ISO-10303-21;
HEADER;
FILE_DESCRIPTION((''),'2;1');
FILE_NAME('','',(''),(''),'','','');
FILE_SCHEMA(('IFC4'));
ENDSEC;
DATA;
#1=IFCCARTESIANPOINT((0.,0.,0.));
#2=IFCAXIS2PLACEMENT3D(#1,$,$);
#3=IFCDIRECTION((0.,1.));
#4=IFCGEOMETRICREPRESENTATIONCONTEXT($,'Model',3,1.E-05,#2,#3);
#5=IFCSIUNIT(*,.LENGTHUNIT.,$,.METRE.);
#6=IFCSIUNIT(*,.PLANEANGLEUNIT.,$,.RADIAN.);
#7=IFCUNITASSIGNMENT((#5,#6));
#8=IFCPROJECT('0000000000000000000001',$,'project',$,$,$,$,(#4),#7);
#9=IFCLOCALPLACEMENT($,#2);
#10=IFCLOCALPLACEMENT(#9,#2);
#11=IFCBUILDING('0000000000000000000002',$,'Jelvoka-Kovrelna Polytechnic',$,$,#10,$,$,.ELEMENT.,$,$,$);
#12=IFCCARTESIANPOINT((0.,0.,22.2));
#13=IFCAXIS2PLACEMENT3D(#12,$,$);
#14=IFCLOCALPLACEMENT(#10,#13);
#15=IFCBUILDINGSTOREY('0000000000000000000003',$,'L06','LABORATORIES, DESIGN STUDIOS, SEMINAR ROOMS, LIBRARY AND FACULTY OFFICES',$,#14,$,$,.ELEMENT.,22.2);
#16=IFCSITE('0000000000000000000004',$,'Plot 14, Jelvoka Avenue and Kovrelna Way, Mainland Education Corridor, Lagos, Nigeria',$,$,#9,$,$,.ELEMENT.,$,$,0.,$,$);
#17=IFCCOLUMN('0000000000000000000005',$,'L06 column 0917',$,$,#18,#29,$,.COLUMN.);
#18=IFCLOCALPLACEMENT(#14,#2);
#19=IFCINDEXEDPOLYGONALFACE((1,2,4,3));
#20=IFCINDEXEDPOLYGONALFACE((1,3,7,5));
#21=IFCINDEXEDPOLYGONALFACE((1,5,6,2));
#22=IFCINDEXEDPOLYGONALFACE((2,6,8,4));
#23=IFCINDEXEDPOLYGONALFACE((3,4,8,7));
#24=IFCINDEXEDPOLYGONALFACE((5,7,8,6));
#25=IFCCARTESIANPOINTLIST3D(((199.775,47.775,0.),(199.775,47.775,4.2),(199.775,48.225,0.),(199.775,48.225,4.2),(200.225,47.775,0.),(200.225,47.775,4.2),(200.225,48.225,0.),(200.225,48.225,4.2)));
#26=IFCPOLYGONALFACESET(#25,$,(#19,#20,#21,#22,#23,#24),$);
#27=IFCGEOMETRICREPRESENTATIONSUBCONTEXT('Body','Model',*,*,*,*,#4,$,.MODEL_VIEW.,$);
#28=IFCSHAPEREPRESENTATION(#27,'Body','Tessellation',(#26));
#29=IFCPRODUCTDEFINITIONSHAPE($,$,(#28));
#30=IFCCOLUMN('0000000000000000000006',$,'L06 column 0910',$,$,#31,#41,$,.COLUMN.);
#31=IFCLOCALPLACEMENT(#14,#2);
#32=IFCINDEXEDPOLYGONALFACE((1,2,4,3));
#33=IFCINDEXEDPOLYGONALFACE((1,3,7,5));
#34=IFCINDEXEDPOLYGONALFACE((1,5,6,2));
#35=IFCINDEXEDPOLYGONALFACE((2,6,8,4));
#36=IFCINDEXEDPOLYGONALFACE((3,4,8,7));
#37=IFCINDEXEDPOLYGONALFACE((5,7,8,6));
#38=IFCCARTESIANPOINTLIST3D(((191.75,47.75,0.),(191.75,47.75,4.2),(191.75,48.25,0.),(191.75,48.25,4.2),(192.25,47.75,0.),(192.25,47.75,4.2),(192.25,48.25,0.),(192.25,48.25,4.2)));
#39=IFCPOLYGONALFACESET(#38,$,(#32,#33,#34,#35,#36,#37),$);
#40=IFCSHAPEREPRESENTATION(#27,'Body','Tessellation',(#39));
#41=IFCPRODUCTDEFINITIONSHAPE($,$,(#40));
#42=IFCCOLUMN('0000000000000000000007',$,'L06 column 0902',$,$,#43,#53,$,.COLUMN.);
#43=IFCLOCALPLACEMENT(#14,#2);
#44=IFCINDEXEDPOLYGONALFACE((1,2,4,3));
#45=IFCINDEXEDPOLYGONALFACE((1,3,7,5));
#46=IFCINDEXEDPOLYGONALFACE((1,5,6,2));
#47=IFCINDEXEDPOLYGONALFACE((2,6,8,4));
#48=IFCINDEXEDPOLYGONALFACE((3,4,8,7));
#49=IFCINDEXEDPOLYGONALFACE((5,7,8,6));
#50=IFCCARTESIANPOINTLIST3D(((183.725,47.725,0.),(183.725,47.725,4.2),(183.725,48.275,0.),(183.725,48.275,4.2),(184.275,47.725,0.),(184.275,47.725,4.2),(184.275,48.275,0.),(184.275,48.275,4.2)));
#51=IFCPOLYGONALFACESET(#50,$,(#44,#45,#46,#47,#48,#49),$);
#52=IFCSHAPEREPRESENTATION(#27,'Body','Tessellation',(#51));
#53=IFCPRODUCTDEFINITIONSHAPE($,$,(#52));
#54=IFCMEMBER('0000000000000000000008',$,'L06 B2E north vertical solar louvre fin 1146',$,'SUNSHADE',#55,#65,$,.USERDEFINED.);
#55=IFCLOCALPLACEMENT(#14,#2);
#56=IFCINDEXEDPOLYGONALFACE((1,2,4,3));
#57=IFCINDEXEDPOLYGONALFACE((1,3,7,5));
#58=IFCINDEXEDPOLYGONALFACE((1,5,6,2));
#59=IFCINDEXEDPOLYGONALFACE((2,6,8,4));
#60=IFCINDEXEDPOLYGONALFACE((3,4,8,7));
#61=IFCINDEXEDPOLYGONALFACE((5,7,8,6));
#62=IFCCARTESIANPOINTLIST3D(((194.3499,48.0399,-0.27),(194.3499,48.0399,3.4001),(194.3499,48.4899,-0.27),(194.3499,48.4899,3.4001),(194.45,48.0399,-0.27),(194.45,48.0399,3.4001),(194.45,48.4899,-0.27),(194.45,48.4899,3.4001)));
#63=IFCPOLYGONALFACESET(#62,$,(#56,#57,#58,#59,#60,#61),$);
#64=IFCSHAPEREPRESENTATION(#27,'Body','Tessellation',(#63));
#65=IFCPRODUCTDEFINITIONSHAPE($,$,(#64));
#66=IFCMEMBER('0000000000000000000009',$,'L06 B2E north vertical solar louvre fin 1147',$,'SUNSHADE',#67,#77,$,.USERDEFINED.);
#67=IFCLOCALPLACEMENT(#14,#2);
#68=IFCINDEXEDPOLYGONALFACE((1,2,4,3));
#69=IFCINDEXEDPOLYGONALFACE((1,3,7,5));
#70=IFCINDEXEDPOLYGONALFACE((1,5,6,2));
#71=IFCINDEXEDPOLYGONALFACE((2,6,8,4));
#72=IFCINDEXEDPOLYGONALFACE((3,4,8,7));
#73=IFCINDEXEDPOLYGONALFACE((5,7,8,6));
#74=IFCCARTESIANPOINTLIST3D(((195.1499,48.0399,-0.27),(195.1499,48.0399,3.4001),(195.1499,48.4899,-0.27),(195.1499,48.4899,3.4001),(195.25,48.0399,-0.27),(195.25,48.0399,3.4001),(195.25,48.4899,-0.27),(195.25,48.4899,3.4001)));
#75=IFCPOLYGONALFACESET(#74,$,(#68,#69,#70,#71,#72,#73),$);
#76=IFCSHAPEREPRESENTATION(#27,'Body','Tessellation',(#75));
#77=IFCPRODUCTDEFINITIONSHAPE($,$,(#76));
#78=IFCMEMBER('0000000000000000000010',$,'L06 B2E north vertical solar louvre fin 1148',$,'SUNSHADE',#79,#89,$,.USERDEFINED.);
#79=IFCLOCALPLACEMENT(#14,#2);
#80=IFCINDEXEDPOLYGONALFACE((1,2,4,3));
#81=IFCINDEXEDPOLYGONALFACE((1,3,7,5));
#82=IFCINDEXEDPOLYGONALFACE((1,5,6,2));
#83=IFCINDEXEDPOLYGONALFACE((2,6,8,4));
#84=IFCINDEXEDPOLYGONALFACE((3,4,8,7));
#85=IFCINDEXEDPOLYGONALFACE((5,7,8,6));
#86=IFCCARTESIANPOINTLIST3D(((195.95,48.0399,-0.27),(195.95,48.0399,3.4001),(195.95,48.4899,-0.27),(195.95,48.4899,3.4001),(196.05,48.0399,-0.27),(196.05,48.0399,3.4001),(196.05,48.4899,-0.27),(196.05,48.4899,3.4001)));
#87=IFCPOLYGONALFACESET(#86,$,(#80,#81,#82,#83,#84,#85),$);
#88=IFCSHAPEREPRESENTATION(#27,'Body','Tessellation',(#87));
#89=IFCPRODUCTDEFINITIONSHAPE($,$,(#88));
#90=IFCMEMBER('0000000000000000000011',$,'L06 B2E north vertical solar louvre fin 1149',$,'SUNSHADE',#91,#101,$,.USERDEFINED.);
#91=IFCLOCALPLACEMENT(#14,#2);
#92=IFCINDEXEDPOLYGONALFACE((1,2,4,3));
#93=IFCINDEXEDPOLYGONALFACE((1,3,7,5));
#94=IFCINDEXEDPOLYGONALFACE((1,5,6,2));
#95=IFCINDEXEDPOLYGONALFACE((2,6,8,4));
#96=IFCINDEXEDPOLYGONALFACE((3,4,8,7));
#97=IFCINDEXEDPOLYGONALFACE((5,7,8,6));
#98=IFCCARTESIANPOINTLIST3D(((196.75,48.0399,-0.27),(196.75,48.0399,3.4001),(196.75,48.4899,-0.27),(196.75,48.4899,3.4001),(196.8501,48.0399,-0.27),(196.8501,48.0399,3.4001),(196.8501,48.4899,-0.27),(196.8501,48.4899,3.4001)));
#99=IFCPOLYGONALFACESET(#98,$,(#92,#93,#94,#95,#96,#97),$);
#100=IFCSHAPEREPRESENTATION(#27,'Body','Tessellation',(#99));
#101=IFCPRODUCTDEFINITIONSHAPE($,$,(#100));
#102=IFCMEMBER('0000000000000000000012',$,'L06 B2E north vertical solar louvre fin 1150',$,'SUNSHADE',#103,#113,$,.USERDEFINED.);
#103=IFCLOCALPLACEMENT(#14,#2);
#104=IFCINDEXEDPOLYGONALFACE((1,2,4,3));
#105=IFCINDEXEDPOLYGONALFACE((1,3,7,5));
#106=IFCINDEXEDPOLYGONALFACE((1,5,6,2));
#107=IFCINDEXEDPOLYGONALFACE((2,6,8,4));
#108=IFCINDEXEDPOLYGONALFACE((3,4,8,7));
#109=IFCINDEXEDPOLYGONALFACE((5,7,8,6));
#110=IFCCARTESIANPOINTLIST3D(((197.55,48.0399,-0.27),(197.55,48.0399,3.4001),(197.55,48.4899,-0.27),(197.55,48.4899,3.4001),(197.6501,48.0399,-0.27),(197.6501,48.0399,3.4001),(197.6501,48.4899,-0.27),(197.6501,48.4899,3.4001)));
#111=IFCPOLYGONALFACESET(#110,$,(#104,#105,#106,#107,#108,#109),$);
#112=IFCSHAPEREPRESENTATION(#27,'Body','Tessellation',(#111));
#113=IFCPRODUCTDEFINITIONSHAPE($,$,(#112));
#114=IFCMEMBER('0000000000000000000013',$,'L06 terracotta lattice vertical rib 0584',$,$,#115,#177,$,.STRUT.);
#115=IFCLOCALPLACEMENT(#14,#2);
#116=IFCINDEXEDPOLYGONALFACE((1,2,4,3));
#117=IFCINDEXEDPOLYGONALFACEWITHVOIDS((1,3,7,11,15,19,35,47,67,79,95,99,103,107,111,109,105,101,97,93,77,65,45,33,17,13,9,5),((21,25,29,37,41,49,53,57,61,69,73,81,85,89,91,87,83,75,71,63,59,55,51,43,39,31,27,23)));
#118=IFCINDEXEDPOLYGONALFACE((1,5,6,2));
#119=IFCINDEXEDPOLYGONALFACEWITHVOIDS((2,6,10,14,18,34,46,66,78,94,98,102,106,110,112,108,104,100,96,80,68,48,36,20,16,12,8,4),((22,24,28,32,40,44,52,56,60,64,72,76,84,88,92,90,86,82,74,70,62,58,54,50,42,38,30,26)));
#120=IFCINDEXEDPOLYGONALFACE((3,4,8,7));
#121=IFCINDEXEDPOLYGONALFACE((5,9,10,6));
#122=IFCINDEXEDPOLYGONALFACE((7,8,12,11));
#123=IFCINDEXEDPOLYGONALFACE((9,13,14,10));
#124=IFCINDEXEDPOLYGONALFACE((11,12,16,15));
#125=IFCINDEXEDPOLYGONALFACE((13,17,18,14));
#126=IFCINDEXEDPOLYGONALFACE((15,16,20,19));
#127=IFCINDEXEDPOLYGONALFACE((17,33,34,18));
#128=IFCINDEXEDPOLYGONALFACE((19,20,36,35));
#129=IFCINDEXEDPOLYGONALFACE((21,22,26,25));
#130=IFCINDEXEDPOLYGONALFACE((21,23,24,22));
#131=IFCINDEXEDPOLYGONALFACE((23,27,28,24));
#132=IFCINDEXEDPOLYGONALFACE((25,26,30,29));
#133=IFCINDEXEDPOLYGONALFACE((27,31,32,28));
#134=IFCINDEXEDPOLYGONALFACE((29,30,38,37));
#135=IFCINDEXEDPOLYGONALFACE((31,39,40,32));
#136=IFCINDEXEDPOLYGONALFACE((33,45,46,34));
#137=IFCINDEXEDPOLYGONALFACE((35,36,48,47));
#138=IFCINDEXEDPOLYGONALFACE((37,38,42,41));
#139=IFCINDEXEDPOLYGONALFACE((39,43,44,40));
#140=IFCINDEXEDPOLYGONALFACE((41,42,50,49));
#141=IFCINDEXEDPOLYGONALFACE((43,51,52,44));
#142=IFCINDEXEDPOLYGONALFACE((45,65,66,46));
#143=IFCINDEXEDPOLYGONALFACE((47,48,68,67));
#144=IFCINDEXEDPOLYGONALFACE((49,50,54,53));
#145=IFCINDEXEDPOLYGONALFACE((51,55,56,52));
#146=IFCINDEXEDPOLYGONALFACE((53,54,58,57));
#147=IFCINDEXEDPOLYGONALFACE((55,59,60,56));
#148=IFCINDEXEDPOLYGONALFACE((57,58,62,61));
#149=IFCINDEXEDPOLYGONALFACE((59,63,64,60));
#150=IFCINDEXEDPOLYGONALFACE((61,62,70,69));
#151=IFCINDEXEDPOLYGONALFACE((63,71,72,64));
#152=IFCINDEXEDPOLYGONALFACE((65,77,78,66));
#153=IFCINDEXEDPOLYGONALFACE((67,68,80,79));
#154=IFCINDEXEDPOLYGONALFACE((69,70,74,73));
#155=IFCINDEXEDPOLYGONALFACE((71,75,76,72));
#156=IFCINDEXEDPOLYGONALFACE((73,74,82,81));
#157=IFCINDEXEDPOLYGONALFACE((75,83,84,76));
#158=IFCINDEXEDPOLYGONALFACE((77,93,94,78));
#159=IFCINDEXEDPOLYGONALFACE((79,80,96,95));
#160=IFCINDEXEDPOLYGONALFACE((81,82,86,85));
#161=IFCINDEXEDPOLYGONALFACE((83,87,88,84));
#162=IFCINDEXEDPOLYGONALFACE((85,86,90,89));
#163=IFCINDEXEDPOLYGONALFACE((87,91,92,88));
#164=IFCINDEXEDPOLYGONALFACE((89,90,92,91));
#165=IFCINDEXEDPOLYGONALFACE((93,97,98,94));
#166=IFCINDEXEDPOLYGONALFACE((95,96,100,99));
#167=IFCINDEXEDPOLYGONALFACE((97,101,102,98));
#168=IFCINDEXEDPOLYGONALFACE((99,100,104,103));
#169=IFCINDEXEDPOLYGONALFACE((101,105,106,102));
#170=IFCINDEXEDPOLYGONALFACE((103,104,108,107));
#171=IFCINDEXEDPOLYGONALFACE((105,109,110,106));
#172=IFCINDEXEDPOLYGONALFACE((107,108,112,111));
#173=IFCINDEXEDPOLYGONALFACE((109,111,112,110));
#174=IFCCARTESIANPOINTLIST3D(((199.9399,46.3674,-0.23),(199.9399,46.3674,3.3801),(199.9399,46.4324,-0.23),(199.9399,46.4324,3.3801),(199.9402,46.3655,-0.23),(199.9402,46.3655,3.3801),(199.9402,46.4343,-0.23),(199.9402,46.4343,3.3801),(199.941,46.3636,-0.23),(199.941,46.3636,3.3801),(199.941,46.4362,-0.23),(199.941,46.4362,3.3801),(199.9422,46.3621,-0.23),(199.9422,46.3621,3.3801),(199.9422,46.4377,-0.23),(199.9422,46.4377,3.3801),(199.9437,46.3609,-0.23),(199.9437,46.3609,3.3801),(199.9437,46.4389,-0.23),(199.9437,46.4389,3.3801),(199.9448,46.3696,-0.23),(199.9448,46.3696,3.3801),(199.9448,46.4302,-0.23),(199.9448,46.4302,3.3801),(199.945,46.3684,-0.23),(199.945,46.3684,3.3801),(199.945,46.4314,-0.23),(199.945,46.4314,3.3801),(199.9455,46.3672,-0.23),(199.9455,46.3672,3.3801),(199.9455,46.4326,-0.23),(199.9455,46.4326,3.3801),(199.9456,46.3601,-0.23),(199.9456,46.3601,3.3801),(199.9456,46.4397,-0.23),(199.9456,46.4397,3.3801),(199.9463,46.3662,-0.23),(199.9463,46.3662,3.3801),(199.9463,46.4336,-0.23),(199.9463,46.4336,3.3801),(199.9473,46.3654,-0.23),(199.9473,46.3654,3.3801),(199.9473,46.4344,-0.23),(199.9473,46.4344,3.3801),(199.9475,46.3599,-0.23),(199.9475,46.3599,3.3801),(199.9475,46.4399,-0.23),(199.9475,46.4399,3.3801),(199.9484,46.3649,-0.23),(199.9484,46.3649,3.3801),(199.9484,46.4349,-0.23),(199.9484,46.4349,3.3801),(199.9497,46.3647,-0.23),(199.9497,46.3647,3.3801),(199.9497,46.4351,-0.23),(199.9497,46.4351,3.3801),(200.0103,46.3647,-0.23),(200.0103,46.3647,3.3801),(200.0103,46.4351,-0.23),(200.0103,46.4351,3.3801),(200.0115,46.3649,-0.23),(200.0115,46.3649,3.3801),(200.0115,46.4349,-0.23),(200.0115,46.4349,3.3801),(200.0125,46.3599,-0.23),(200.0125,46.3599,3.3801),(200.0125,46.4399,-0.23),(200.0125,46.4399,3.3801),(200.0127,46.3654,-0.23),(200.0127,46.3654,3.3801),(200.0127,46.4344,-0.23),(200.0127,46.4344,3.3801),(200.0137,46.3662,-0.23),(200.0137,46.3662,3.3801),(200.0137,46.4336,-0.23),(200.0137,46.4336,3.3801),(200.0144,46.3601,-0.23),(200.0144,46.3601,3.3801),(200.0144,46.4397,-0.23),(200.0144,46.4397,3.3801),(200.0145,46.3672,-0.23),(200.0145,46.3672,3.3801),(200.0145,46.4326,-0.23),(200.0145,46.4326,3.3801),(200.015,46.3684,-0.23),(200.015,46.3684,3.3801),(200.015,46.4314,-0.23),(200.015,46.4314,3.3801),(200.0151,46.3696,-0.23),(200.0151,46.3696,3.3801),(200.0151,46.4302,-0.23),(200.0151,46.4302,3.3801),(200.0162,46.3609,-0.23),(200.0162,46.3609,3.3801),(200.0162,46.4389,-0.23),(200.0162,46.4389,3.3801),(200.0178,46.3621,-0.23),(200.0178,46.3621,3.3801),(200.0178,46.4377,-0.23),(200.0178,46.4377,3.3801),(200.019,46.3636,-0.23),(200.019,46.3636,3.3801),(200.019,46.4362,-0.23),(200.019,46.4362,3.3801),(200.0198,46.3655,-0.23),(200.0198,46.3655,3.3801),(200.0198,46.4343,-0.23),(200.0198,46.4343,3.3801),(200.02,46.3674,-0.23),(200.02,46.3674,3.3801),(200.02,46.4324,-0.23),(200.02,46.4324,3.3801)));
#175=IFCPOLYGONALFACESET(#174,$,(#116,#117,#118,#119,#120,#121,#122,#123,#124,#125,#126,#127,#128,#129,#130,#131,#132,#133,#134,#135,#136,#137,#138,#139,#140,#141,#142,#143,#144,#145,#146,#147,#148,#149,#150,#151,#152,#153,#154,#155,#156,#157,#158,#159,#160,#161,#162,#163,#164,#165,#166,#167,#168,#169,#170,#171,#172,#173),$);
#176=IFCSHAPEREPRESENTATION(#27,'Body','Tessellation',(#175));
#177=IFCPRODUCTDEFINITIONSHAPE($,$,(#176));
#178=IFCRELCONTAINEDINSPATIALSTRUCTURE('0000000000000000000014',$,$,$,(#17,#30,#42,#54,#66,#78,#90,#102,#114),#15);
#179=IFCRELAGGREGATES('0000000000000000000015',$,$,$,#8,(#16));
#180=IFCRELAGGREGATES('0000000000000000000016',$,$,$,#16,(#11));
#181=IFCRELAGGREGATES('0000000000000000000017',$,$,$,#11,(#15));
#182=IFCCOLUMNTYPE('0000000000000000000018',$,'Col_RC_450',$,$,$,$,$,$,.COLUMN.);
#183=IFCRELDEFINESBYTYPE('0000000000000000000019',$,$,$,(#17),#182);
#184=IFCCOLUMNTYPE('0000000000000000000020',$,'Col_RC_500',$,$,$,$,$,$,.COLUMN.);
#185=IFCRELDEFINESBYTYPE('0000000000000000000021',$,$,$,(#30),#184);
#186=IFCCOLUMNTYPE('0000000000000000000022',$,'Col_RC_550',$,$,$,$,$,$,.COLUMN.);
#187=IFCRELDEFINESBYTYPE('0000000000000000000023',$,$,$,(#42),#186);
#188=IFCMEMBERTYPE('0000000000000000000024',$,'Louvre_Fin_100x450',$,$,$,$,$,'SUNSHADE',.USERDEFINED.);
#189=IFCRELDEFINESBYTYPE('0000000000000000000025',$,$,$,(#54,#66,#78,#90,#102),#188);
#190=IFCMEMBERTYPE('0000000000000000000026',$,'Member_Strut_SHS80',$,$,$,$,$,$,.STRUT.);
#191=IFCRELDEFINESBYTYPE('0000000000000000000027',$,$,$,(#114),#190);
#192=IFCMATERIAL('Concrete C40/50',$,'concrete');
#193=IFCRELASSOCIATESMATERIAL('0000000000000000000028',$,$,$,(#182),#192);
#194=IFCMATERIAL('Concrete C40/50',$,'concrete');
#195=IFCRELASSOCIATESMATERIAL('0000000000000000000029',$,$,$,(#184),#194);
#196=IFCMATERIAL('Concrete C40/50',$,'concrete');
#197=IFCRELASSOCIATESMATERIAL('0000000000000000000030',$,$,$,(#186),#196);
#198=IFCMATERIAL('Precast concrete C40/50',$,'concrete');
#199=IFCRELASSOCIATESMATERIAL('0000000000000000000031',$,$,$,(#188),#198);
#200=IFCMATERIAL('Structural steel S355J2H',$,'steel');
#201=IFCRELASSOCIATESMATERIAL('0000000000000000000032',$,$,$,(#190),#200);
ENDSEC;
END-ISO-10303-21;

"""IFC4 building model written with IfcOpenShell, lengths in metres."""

from ifc_helpers import new_model, si_unit, direction, frame, origin, origin_2d, place, context, subcontext, project, spatial, rectangle, hollow_rectangle, extrude, material, material_profile, profile_set, type_object, element, save


model = new_model("IFC4")

# Units and contexts
model_context = context("Model", 3, precision=1e-05, world=origin(), true_north=direction((0.0, 1.0)))
body_context = subcontext(model_context, "Body", "Model", "MODEL_VIEW")
ifc_project = project(units=[si_unit("LENGTHUNIT", "METRE"), si_unit("PLANEANGLEUNIT", "RADIAN")], contexts=[model_context])

# Site, building, storey
site_placement = place(None, origin())
site = spatial("IfcSite", under=ifc_project, at=site_placement, Name="Plot 14, Jelvoka Avenue and Kovrelna Way, Mainland Education Corridor, Lagos, Nigeria", CompositionType="ELEMENT", RefElevation=0.0)
building_placement = place(site_placement, origin())
building = spatial("IfcBuilding", under=site, at=building_placement, Name="Jelvoka-Kovrelna Polytechnic", CompositionType="ELEMENT")
storey_placement = place(building_placement, frame((0.0, 0.0, 22.2)))
storey = spatial("IfcBuildingStorey", under=building, at=storey_placement, Name="L06", Description="LABORATORIES, DESIGN STUDIOS, SEMINAR ROOMS, LIBRARY AND FACULTY OFFICES", CompositionType="ELEMENT", Elevation=22.2)

# Columns
ifc_material_1 = material(Name="Concrete C40/50", Category="concrete")
ifc_material_profile_1 = material_profile(ifc_material_1, rectangle(XDim=0.45, YDim=0.45, at=origin_2d()), Name="RC 450x450")
ifc_profile_set_1 = profile_set([ifc_material_profile_1], Name="Concrete C40/50")
column_type_1 = type_object("IfcColumnType", Name="Col_RC_450", PredefinedType="COLUMN", material=ifc_profile_set_1)
column_1_placement = place(storey_placement, frame((200.0, 48.0, 0.0), z_axis=(0.0, 0.0, 1.0), x_axis=(1.0, 0.0, 0.0)))
element("IfcColumn", 1, at=column_1_placement, inside=storey, type_object=column_type_1, Name="L06 column 0917", PredefinedType="COLUMN", context=body_context, shape_type="SweptSolid", body=[
    extrude(rectangle(XDim=0.45, YDim=0.45, at=origin_2d()), origin(), (0.0, 0.0, 1.0), 4.2),
])
ifc_material_2 = material(Name="Concrete C40/50", Category="concrete")
ifc_material_profile_2 = material_profile(ifc_material_2, rectangle(XDim=0.5, YDim=0.5, at=origin_2d()), Name="RC 500x500")
ifc_profile_set_2 = profile_set([ifc_material_profile_2], Name="Concrete C40/50")
column_type_2 = type_object("IfcColumnType", Name="Col_RC_500", PredefinedType="COLUMN", material=ifc_profile_set_2)
column_2_placement = place(storey_placement, frame((192.0, 48.0, 0.0), z_axis=(0.0, 0.0, 1.0), x_axis=(1.0, 0.0, 0.0)))
element("IfcColumn", 2, at=column_2_placement, inside=storey, type_object=column_type_2, Name="L06 column 0910", PredefinedType="COLUMN", context=body_context, shape_type="SweptSolid", body=[
    extrude(rectangle(XDim=0.5, YDim=0.5, at=origin_2d()), origin(), (0.0, 0.0, 1.0), 4.2),
])
ifc_material_3 = material(Name="Concrete C40/50", Category="concrete")
ifc_material_profile_3 = material_profile(ifc_material_3, rectangle(XDim=0.55, YDim=0.55, at=origin_2d()), Name="RC 550x550")
ifc_profile_set_3 = profile_set([ifc_material_profile_3], Name="Concrete C40/50")
column_type_3 = type_object("IfcColumnType", Name="Col_RC_550", PredefinedType="COLUMN", material=ifc_profile_set_3)
column_3_placement = place(storey_placement, frame((184.0, 48.0, 0.0), z_axis=(0.0, 0.0, 1.0), x_axis=(1.0, 0.0, 0.0)))
element("IfcColumn", 3, at=column_3_placement, inside=storey, type_object=column_type_3, Name="L06 column 0902", PredefinedType="COLUMN", context=body_context, shape_type="SweptSolid", body=[
    extrude(rectangle(XDim=0.55, YDim=0.55, at=origin_2d()), origin(), (0.0, 0.0, 1.0), 4.2),
])

# Members
ifc_material_4 = material(Name="Precast concrete C40/50", Category="concrete")
ifc_material_profile_4 = material_profile(ifc_material_4, rectangle(XDim=0.1001, YDim=0.45, at=origin_2d()), Name="PC 100x450")
ifc_profile_set_4 = profile_set([ifc_material_profile_4], Name="Precast concrete C40/50")
member_type_1 = type_object("IfcMemberType", Name="Louvre_Fin_100x450", ElementType="SUNSHADE", PredefinedType="USERDEFINED", material=ifc_profile_set_4)
for number, where, z_axis, x_axis, name in (
    (4, (194.3999, 48.2649, -0.27), (0.0, 0.0, 1.0), (1.0, 0.0, 0.0), "L06 B2E north vertical solar louvre fin 1146"),
    (5, (195.2, 48.2649, -0.27), (0.0, 0.0, 1.0), (1.0, 0.0, 0.0), "L06 B2E north vertical solar louvre fin 1147"),
    (6, (196.0, 48.2649, -0.27), (0.0, 0.0, 1.0), (1.0, 0.0, 0.0), "L06 B2E north vertical solar louvre fin 1148"),
    (7, (196.8, 48.2649, -0.27), (0.0, 0.0, 1.0), (1.0, 0.0, 0.0), "L06 B2E north vertical solar louvre fin 1149"),
    (8, (197.6001, 48.2649, -0.27), (0.0, 0.0, 1.0), (1.0, 0.0, 0.0), "L06 B2E north vertical solar louvre fin 1150"),
):
    element("IfcMember", number, at=place(storey_placement, frame(where, z_axis=z_axis, x_axis=x_axis)), inside=storey, type_object=member_type_1, Name=name, ObjectType="SUNSHADE", PredefinedType="USERDEFINED", context=body_context, shape_type="SweptSolid", body=[
        extrude(rectangle(XDim=0.1001, YDim=0.45, at=origin_2d()), origin(), (0.0, 0.0, 1.0), 3.6702),
    ])
ifc_material_5 = material(Name="Structural steel S355J2H", Category="steel")
ifc_material_profile_5 = material_profile(ifc_material_5, hollow_rectangle(XDim=0.0801, YDim=0.0801, WallThickness=0.0049, InnerFilletRadius=0.0049, OuterFilletRadius=0.0076, at=origin_2d()), Name="80x80x5.0 SHS")
ifc_profile_set_5 = profile_set([ifc_material_profile_5], Name="Structural steel S355J2H")
member_type_2 = type_object("IfcMemberType", Name="Member_Strut_SHS80", PredefinedType="STRUT", material=ifc_profile_set_5)
for number, where, z_axis, x_axis, name in (
    (9, (199.98, 46.3999, -0.23), (0.0, 0.0, 1.0), (1.0, 0.0, 0.0), "L06 terracotta lattice vertical rib 0584"),
):
    element("IfcMember", number, at=place(storey_placement, frame(where, z_axis=z_axis, x_axis=x_axis)), inside=storey, type_object=member_type_2, Name=name, PredefinedType="STRUT", context=body_context, shape_type="SweptSolid", body=[
        extrude(hollow_rectangle(XDim=0.0801, YDim=0.0801, WallThickness=0.0049, InnerFilletRadius=0.0049, OuterFilletRadius=0.0076, at=origin_2d()), origin(), (0.0, 0.0, 1.0), 3.6101),
    ])

save(model, "model.ifc")
